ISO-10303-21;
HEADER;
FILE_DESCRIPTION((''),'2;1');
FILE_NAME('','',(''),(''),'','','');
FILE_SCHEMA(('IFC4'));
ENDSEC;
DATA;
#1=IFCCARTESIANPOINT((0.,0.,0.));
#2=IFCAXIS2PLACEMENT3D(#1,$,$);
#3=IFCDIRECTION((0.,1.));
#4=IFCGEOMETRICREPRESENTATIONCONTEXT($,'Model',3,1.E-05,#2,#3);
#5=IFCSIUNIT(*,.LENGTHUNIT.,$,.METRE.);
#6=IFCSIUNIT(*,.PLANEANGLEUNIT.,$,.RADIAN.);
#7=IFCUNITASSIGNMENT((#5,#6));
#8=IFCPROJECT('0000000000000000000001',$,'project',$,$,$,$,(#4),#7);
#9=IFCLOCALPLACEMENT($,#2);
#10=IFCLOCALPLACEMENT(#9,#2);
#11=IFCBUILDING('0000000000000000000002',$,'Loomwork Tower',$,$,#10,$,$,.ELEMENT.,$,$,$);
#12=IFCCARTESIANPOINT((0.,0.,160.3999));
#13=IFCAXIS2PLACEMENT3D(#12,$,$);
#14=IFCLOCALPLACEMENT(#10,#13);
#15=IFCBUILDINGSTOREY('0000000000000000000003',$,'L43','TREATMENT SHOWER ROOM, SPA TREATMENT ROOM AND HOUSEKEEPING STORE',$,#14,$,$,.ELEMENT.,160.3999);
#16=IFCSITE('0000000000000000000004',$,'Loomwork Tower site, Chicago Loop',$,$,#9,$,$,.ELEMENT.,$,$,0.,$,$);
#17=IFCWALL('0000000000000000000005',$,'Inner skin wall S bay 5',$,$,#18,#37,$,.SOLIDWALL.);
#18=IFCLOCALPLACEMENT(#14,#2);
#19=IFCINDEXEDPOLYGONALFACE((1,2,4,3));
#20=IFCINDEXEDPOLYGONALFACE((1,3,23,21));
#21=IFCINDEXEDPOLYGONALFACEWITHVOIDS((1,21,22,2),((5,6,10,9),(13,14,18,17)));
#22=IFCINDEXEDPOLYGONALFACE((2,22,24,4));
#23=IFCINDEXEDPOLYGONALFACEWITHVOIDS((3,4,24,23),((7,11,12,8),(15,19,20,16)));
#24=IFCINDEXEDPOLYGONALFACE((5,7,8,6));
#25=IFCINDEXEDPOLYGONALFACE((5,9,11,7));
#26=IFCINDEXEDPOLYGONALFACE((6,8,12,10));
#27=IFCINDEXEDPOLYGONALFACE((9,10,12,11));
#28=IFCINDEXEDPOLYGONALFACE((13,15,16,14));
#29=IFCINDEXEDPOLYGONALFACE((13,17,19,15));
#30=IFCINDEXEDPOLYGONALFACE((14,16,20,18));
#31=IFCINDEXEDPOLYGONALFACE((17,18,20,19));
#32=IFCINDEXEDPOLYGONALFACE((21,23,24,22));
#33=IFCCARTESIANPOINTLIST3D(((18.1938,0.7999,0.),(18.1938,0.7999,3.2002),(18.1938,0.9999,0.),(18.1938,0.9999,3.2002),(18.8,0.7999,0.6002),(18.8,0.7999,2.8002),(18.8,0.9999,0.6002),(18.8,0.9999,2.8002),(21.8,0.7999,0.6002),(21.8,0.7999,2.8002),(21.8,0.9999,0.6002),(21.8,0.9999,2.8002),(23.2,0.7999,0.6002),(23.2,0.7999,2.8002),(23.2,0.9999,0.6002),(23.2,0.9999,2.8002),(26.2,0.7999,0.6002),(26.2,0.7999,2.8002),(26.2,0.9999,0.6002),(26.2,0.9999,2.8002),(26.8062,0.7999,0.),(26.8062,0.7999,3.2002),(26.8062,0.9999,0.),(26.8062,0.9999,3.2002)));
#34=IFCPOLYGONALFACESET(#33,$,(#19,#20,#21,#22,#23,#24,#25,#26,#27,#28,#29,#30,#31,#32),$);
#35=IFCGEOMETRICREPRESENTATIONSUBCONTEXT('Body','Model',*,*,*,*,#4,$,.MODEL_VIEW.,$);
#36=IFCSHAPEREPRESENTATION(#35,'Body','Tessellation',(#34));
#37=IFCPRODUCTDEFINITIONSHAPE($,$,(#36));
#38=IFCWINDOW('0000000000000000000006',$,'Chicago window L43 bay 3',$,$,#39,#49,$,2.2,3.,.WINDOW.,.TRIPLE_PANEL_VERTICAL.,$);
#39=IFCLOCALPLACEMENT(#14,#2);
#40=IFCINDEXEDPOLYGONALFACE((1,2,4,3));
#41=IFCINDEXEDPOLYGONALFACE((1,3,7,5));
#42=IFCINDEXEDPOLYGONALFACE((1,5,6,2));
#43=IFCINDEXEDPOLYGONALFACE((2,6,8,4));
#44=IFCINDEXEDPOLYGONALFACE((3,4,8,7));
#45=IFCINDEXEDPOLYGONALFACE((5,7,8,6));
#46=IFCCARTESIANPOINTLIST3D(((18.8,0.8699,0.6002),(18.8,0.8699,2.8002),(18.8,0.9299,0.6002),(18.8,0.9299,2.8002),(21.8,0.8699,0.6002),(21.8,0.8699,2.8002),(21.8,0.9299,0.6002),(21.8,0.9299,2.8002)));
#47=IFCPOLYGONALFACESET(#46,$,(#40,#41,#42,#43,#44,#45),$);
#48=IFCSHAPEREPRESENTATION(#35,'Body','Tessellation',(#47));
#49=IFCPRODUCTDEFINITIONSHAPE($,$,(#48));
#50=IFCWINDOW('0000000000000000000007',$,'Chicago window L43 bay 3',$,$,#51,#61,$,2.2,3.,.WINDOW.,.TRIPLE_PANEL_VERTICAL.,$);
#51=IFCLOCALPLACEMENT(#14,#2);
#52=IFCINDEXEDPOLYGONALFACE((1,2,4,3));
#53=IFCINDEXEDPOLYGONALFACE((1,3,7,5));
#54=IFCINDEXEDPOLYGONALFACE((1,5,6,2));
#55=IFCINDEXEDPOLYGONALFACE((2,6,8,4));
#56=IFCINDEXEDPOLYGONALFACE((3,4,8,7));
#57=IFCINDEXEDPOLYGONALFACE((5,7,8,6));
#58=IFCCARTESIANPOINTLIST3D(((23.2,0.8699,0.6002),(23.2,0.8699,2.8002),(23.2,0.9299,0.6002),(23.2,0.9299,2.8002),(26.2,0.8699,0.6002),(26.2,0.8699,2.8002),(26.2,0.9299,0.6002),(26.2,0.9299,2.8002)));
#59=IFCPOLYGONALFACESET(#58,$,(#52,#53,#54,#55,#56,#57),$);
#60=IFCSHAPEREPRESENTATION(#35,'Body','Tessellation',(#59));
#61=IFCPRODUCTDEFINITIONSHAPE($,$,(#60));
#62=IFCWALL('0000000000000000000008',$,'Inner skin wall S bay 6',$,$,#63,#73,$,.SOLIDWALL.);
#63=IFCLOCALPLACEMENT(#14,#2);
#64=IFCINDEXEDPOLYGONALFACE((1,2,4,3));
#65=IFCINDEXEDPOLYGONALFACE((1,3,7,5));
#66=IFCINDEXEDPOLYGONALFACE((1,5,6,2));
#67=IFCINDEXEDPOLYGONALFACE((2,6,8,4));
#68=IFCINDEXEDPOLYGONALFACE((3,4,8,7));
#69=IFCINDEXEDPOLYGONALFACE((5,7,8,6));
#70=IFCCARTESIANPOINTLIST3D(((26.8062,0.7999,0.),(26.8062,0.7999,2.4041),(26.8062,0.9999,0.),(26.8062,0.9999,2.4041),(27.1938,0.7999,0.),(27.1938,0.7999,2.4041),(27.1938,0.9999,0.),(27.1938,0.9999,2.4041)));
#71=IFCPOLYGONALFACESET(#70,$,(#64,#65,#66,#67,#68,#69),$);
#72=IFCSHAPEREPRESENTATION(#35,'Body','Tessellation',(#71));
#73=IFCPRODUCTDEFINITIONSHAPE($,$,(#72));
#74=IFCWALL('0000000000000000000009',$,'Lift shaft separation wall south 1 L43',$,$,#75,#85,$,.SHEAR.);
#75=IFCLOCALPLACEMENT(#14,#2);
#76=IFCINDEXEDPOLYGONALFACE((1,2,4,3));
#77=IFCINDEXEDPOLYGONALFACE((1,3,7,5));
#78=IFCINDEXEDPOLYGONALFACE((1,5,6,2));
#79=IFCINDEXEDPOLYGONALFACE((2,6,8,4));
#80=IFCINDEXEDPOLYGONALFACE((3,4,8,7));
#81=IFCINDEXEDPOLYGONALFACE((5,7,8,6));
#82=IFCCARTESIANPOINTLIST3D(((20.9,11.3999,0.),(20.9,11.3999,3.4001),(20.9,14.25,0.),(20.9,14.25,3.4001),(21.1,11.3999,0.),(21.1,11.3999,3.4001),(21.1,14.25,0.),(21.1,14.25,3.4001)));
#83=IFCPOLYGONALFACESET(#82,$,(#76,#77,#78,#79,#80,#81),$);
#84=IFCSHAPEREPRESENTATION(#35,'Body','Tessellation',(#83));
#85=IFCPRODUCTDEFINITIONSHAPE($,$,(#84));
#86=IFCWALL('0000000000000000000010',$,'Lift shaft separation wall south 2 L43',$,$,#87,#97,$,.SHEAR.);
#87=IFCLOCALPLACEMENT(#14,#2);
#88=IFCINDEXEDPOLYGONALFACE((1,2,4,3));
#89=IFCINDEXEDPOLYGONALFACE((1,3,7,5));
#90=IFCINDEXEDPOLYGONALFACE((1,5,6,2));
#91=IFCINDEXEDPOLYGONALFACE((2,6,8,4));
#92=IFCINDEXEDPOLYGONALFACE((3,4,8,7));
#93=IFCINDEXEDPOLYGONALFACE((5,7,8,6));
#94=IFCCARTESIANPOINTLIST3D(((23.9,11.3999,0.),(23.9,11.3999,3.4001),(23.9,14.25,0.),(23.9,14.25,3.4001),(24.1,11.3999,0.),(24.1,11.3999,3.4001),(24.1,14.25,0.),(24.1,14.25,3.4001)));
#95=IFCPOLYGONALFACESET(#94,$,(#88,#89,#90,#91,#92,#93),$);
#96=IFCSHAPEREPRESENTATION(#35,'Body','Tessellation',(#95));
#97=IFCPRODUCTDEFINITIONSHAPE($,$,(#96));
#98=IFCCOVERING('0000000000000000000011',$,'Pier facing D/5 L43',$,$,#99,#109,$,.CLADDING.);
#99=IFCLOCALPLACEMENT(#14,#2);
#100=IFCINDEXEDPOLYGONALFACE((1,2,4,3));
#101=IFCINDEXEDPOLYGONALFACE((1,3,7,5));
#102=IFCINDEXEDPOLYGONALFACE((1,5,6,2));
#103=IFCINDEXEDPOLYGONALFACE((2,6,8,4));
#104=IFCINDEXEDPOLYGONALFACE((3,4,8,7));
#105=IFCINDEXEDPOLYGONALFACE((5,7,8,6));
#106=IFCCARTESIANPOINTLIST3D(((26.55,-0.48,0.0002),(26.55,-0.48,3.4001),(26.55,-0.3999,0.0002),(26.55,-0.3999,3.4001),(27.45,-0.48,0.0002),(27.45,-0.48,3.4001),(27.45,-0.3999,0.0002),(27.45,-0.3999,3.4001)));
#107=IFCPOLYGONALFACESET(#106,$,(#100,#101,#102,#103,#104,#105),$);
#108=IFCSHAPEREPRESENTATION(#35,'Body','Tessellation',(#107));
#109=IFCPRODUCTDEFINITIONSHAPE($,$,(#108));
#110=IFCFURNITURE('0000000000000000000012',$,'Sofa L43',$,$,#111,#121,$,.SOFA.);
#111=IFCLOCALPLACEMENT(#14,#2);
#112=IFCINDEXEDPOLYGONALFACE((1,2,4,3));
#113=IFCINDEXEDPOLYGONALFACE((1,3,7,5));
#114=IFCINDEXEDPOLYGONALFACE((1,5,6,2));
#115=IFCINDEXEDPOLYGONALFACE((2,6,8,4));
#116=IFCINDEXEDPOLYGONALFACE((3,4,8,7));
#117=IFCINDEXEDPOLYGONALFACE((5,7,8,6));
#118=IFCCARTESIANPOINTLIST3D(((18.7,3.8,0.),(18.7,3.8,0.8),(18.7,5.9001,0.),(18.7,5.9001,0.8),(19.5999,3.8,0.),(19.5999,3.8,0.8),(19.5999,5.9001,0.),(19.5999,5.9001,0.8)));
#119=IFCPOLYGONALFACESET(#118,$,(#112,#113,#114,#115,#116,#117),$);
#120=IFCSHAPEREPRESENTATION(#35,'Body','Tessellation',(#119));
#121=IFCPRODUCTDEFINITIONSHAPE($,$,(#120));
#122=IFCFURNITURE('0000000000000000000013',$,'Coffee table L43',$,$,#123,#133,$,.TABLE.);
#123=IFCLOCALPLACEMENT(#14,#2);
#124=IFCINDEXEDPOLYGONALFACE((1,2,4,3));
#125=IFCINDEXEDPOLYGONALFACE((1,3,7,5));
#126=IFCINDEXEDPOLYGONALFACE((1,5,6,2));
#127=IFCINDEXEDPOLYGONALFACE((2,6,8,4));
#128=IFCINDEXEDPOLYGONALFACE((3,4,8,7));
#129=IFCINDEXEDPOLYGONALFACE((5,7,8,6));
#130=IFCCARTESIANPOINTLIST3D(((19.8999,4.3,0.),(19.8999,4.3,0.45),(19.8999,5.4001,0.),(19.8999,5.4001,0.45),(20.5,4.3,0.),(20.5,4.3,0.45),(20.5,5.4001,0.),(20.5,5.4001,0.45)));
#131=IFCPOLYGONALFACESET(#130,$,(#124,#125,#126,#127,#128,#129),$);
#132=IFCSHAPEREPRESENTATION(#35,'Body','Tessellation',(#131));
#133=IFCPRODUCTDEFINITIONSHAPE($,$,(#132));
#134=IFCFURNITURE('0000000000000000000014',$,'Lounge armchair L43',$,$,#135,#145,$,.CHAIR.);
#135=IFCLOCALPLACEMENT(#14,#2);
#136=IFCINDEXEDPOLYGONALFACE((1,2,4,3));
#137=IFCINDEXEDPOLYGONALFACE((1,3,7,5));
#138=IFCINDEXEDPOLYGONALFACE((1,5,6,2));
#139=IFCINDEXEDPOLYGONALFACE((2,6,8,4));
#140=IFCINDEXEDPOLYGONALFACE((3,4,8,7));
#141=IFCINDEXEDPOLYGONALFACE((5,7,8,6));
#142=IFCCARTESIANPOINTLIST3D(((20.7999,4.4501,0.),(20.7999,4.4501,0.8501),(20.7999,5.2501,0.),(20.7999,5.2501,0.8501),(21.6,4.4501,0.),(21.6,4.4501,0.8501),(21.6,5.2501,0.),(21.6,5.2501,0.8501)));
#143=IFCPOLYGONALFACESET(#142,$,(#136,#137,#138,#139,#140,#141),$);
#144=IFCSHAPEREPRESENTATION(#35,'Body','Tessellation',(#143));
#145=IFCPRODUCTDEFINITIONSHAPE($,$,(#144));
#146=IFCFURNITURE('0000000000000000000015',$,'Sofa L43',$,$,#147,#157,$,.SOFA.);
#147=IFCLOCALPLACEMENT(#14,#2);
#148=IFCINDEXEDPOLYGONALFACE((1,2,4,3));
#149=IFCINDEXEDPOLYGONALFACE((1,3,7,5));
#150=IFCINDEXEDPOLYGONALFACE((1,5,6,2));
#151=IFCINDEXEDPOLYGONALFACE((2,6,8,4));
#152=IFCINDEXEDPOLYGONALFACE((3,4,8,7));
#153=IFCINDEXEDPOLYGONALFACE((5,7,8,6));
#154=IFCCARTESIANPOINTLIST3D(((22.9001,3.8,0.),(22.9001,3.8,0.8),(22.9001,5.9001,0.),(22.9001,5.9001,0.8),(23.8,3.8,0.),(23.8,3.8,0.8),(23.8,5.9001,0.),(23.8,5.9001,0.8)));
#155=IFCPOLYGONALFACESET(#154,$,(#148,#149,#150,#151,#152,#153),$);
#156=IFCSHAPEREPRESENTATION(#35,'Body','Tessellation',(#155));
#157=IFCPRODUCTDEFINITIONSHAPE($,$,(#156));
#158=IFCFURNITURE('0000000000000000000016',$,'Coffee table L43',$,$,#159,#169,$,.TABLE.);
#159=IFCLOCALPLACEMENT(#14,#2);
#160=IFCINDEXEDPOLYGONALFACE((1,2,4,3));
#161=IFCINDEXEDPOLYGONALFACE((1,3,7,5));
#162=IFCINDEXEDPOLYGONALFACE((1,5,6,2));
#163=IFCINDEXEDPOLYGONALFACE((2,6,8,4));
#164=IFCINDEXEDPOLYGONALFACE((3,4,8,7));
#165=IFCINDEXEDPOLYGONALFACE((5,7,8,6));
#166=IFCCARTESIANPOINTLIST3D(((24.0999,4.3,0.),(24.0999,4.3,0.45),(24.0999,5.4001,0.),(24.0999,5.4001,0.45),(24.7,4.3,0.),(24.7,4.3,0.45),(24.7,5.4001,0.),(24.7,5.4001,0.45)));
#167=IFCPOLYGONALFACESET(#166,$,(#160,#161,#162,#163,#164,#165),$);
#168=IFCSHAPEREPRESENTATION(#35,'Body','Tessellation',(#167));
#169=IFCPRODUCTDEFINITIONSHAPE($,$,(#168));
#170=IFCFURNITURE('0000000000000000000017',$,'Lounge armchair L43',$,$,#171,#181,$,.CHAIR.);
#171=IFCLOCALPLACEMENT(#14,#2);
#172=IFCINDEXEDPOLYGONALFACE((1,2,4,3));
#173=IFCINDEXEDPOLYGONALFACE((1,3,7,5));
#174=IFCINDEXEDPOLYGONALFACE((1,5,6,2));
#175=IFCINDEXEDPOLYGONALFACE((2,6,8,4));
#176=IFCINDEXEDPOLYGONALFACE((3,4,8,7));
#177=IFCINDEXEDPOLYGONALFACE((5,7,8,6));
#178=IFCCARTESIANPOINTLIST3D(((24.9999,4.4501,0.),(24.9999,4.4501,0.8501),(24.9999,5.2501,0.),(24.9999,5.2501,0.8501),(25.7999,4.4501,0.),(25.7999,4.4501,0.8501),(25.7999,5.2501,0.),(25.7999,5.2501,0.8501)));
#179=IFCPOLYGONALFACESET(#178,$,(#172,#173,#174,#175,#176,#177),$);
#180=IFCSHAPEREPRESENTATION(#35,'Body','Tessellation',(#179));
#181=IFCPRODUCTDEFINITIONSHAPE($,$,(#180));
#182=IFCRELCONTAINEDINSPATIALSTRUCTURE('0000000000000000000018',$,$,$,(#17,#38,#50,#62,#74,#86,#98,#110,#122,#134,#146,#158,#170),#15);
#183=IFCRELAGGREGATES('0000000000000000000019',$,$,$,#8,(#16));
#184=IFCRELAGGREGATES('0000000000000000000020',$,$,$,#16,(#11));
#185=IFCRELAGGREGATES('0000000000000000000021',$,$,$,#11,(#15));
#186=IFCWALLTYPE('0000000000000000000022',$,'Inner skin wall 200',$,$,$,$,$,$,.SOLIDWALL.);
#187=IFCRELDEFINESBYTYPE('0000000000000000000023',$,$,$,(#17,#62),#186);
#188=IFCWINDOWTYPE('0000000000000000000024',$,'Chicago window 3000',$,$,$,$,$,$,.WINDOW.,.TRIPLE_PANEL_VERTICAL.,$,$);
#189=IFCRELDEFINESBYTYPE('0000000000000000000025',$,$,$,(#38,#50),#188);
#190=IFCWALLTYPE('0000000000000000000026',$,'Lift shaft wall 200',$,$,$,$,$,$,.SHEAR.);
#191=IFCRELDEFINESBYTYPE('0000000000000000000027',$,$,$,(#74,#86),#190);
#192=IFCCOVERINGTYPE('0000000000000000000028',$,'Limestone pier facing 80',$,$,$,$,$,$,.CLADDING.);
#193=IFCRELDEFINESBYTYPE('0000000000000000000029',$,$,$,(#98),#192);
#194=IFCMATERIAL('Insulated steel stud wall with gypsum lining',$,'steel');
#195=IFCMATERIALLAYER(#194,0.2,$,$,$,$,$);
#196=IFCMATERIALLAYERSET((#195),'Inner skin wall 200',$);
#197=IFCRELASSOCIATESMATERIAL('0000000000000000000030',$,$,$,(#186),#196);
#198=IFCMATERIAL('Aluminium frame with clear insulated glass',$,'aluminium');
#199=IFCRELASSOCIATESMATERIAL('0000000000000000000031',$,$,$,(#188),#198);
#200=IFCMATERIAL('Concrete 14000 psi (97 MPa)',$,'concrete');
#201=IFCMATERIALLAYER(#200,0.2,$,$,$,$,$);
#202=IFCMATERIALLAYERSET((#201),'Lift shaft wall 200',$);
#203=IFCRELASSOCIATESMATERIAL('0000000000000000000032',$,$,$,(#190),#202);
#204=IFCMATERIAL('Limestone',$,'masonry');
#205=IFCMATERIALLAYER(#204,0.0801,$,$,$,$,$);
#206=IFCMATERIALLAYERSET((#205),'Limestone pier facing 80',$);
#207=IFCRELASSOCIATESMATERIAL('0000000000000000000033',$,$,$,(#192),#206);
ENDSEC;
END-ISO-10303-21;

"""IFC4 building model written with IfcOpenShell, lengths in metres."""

from ifc_helpers import new_model, si_unit, direction, frame, frame_2d, origin, origin_2d, place, context, subcontext, project, spatial, rectangle, extrude, material, layer, layer_set, type_object, element, fill, save


model = new_model("IFC4")

# Units and contexts
model_context = context("Model", 3, precision=1e-05, world=origin(), true_north=direction((0.0, 1.0)))
body_context = subcontext(model_context, "Body", "Model", "MODEL_VIEW")
ifc_project = project(units=[si_unit("LENGTHUNIT", "METRE"), si_unit("PLANEANGLEUNIT", "RADIAN")], contexts=[model_context])

# Site, building, storey
site_placement = place(None, origin())
site = spatial("IfcSite", under=ifc_project, at=site_placement, Name="Loomwork Tower site, Chicago Loop", CompositionType="ELEMENT", RefElevation=0.0)
building_placement = place(site_placement, origin())
building = spatial("IfcBuilding", under=site, at=building_placement, Name="Loomwork Tower", CompositionType="ELEMENT")
storey_placement = place(building_placement, frame((0.0, 0.0, 160.3999)))
storey = spatial("IfcBuildingStorey", under=building, at=storey_placement, Name="L43", Description="TREATMENT SHOWER ROOM, SPA TREATMENT ROOM AND HOUSEKEEPING STORE", CompositionType="ELEMENT", Elevation=160.3999)

# Wall, openings, windows
ifc_material_1 = material(Name="Insulated steel stud wall with gypsum lining", Category="steel")
ifc_layer_1 = layer(ifc_material_1, 0.2)
ifc_layer_set_1 = layer_set([ifc_layer_1], Name="Inner skin wall 200")
wall_type_1 = type_object("IfcWallType", Name="Inner skin wall 200", PredefinedType="SOLIDWALL", material=ifc_layer_set_1)
wall_1_placement = place(storey_placement, frame((18.1938, 0.8999, 0.0), z_axis=(0.0, 0.0, 1.0), x_axis=(1.0, 0.0, 0.0)))
wall_1 = element("IfcWall", 1, at=wall_1_placement, inside=storey, type_object=wall_type_1, Name="Inner skin wall S bay 5", PredefinedType="SOLIDWALL", context=body_context, shape_type="SweptSolid", body=[
    extrude(rectangle(XDim=8.6123, YDim=0.2, at=frame_2d((4.3062, 0.0))), origin(), (0.0, 0.0, 1.0), 3.2002),
])
opening_1_placement = place(wall_1_placement, frame((0.6062, 0.0, 0.6001)))
opening_1 = element("IfcOpeningElement", 2, at=opening_1_placement, cuts=wall_1, PredefinedType="OPENING", context=body_context, shape_type="SweptSolid", body=[
    extrude(rectangle(XDim=3.0, YDim=2.2, at=frame_2d((1.5, 1.1001))), frame((0.0, 0.1099, 0.0), z_axis=(0.0, -1.0, 0.0), x_axis=(1.0, 0.0, 0.0)), (0.0, 0.0, 1.0), 0.22),
])
opening_2_placement = place(wall_1_placement, frame((5.0061, 0.0, 0.6001)))
opening_2 = element("IfcOpeningElement", 3, at=opening_2_placement, cuts=wall_1, PredefinedType="OPENING", context=body_context, shape_type="SweptSolid", body=[
    extrude(rectangle(XDim=3.0, YDim=2.2, at=frame_2d((1.5, 1.1001))), frame((0.0, 0.1099, 0.0), z_axis=(0.0, -1.0, 0.0), x_axis=(1.0, 0.0, 0.0)), (0.0, 0.0, 1.0), 0.22),
])
ifc_material_2 = material(Name="Aluminium frame with clear insulated glass", Category="aluminium")
window_type = type_object("IfcWindowType", Name="Chicago window 3000", PartitioningType="TRIPLE_PANEL_VERTICAL", PredefinedType="WINDOW", material=ifc_material_2)
window_1_placement = place(opening_1_placement, origin())
window_1 = element("IfcWindow", 4, at=window_1_placement, inside=storey, type_object=window_type, Name="Chicago window L43 bay 3", OverallHeight=2.2, OverallWidth=3.0, PartitioningType="TRIPLE_PANEL_VERTICAL", PredefinedType="WINDOW", context=body_context, shape_type="SweptSolid", body=[
    extrude(rectangle(XDim=3.0, YDim=2.2, at=frame_2d((1.5, 1.1001))), frame((0.0, 0.03, 0.0), z_axis=(0.0, -1.0, 0.0), x_axis=(1.0, 0.0, 0.0)), (0.0, 0.0, 1.0), 0.0601),
])
fill(opening_1, window_1)
window_2_placement = place(opening_2_placement, origin())
window_2 = element("IfcWindow", 5, at=window_2_placement, inside=storey, type_object=window_type, Name="Chicago window L43 bay 3", OverallHeight=2.2, OverallWidth=3.0, PartitioningType="TRIPLE_PANEL_VERTICAL", PredefinedType="WINDOW", context=body_context, shape_type="SweptSolid", body=[
    extrude(rectangle(XDim=3.0, YDim=2.2, at=frame_2d((1.5, 1.1001))), frame((0.0, 0.03, 0.0), z_axis=(0.0, -1.0, 0.0), x_axis=(1.0, 0.0, 0.0)), (0.0, 0.0, 1.0), 0.0601),
])
fill(opening_2, window_2)

# Walls
wall_2_placement = place(storey_placement, frame((26.8062, 0.8999, 0.0), z_axis=(0.0, 0.0, 1.0), x_axis=(1.0, 0.0, 0.0)))
element("IfcWall", 6, at=wall_2_placement, inside=storey, type_object=wall_type_1, Name="Inner skin wall S bay 6", PredefinedType="SOLIDWALL", context=body_context, shape_type="SweptSolid", body=[
    extrude(rectangle(XDim=0.3877, YDim=0.2, at=frame_2d((0.1938, 0.0))), origin(), (0.0, 0.0, 1.0), 2.4041),
])
ifc_material_3 = material(Name="Concrete 14000 psi (97 MPa)", Category="concrete")
ifc_layer_2 = layer(ifc_material_3, 0.2)
ifc_layer_set_2 = layer_set([ifc_layer_2], Name="Lift shaft wall 200")
wall_type_2 = type_object("IfcWallType", Name="Lift shaft wall 200", PredefinedType="SHEAR", material=ifc_layer_set_2)
for number, where, z_axis, x_axis, name in (
    (7, (21.0, 11.3999, 0.0), (0.0, 0.0, 1.0), (0.0, 1.0, 0.0), "Lift shaft separation wall south 1 L43"),
    (8, (24.0, 11.3999, 0.0), (0.0, 0.0, 1.0), (0.0, 1.0, 0.0), "Lift shaft separation wall south 2 L43"),
):
    element("IfcWall", number, at=place(storey_placement, frame(where, z_axis=z_axis, x_axis=x_axis)), inside=storey, type_object=wall_type_2, Name=name, PredefinedType="SHEAR", context=body_context, shape_type="SweptSolid", body=[
        extrude(rectangle(XDim=2.8501, YDim=0.2, at=frame_2d((1.425, 0.0))), origin(), (0.0, 0.0, 1.0), 3.4001),
    ])

# Covering
ifc_material_4 = material(Name="Limestone", Category="masonry")
ifc_layer_3 = layer(ifc_material_4, 0.0801)
ifc_layer_set_3 = layer_set([ifc_layer_3], Name="Limestone pier facing 80")
covering_type = type_object("IfcCoveringType", Name="Limestone pier facing 80", PredefinedType="CLADDING", material=ifc_layer_set_3)
covering_placement = place(storey_placement, frame((27.0, -0.4399, 0.0002), z_axis=(0.0, 0.0, 1.0), x_axis=(1.0, 0.0, 0.0)))
element("IfcCovering", 9, at=covering_placement, inside=storey, type_object=covering_type, Name="Pier facing D/5 L43", PredefinedType="CLADDING", context=body_context, shape_type="SweptSolid", body=[
    extrude(rectangle(XDim=0.8999, YDim=0.0801, at=origin_2d()), origin(), (0.0, 0.0, 1.0), 3.3999),
])

# Furniture
furniture_1_placement = place(storey_placement, frame((19.1499, 4.8501, 0.0), z_axis=(0.0, 0.0, 1.0), x_axis=(1.0, 0.0, 0.0)))
element("IfcFurniture", 10, at=furniture_1_placement, inside=storey, Name="Sofa L43", PredefinedType="SOFA", context=body_context, shape_type="SweptSolid", body=[
    extrude(rectangle(XDim=0.8999, YDim=2.1001, at=origin_2d()), origin(), (0.0, 0.0, 1.0), 0.8),
])
furniture_2_placement = place(storey_placement, frame((20.2, 4.8501, 0.0), z_axis=(0.0, 0.0, 1.0), x_axis=(1.0, 0.0, 0.0)))
element("IfcFurniture", 11, at=furniture_2_placement, inside=storey, Name="Coffee table L43", PredefinedType="TABLE", context=body_context, shape_type="SweptSolid", body=[
    extrude(rectangle(XDim=0.6001, YDim=1.1001, at=origin_2d()), origin(), (0.0, 0.0, 1.0), 0.45),
])
furniture_3_placement = place(storey_placement, frame((21.2, 4.8501, 0.0), z_axis=(0.0, 0.0, 1.0), x_axis=(1.0, 0.0, 0.0)))
element("IfcFurniture", 12, at=furniture_3_placement, inside=storey, Name="Lounge armchair L43", PredefinedType="CHAIR", context=body_context, shape_type="SweptSolid", body=[
    extrude(rectangle(XDim=0.8, YDim=0.8, at=origin_2d()), origin(), (0.0, 0.0, 1.0), 0.8501),
])
furniture_4_placement = place(storey_placement, frame((23.3501, 4.8501, 0.0), z_axis=(0.0, 0.0, 1.0), x_axis=(1.0, 0.0, 0.0)))
element("IfcFurniture", 13, at=furniture_4_placement, inside=storey, Name="Sofa L43", PredefinedType="SOFA", context=body_context, shape_type="SweptSolid", body=[
    extrude(rectangle(XDim=0.8999, YDim=2.1001, at=origin_2d()), origin(), (0.0, 0.0, 1.0), 0.8),
])
furniture_5_placement = place(storey_placement, frame((24.3999, 4.8501, 0.0), z_axis=(0.0, 0.0, 1.0), x_axis=(1.0, 0.0, 0.0)))
element("IfcFurniture", 14, at=furniture_5_placement, inside=storey, Name="Coffee table L43", PredefinedType="TABLE", context=body_context, shape_type="SweptSolid", body=[
    extrude(rectangle(XDim=0.6001, YDim=1.1001, at=origin_2d()), origin(), (0.0, 0.0, 1.0), 0.45),
])
furniture_6_placement = place(storey_placement, frame((25.3999, 4.8501, 0.0), z_axis=(0.0, 0.0, 1.0), x_axis=(1.0, 0.0, 0.0)))
element("IfcFurniture", 15, at=furniture_6_placement, inside=storey, Name="Lounge armchair L43", PredefinedType="CHAIR", context=body_context, shape_type="SweptSolid", body=[
    extrude(rectangle(XDim=0.8, YDim=0.8, at=origin_2d()), origin(), (0.0, 0.0, 1.0), 0.8501),
])

save(model, "model.ifc")
